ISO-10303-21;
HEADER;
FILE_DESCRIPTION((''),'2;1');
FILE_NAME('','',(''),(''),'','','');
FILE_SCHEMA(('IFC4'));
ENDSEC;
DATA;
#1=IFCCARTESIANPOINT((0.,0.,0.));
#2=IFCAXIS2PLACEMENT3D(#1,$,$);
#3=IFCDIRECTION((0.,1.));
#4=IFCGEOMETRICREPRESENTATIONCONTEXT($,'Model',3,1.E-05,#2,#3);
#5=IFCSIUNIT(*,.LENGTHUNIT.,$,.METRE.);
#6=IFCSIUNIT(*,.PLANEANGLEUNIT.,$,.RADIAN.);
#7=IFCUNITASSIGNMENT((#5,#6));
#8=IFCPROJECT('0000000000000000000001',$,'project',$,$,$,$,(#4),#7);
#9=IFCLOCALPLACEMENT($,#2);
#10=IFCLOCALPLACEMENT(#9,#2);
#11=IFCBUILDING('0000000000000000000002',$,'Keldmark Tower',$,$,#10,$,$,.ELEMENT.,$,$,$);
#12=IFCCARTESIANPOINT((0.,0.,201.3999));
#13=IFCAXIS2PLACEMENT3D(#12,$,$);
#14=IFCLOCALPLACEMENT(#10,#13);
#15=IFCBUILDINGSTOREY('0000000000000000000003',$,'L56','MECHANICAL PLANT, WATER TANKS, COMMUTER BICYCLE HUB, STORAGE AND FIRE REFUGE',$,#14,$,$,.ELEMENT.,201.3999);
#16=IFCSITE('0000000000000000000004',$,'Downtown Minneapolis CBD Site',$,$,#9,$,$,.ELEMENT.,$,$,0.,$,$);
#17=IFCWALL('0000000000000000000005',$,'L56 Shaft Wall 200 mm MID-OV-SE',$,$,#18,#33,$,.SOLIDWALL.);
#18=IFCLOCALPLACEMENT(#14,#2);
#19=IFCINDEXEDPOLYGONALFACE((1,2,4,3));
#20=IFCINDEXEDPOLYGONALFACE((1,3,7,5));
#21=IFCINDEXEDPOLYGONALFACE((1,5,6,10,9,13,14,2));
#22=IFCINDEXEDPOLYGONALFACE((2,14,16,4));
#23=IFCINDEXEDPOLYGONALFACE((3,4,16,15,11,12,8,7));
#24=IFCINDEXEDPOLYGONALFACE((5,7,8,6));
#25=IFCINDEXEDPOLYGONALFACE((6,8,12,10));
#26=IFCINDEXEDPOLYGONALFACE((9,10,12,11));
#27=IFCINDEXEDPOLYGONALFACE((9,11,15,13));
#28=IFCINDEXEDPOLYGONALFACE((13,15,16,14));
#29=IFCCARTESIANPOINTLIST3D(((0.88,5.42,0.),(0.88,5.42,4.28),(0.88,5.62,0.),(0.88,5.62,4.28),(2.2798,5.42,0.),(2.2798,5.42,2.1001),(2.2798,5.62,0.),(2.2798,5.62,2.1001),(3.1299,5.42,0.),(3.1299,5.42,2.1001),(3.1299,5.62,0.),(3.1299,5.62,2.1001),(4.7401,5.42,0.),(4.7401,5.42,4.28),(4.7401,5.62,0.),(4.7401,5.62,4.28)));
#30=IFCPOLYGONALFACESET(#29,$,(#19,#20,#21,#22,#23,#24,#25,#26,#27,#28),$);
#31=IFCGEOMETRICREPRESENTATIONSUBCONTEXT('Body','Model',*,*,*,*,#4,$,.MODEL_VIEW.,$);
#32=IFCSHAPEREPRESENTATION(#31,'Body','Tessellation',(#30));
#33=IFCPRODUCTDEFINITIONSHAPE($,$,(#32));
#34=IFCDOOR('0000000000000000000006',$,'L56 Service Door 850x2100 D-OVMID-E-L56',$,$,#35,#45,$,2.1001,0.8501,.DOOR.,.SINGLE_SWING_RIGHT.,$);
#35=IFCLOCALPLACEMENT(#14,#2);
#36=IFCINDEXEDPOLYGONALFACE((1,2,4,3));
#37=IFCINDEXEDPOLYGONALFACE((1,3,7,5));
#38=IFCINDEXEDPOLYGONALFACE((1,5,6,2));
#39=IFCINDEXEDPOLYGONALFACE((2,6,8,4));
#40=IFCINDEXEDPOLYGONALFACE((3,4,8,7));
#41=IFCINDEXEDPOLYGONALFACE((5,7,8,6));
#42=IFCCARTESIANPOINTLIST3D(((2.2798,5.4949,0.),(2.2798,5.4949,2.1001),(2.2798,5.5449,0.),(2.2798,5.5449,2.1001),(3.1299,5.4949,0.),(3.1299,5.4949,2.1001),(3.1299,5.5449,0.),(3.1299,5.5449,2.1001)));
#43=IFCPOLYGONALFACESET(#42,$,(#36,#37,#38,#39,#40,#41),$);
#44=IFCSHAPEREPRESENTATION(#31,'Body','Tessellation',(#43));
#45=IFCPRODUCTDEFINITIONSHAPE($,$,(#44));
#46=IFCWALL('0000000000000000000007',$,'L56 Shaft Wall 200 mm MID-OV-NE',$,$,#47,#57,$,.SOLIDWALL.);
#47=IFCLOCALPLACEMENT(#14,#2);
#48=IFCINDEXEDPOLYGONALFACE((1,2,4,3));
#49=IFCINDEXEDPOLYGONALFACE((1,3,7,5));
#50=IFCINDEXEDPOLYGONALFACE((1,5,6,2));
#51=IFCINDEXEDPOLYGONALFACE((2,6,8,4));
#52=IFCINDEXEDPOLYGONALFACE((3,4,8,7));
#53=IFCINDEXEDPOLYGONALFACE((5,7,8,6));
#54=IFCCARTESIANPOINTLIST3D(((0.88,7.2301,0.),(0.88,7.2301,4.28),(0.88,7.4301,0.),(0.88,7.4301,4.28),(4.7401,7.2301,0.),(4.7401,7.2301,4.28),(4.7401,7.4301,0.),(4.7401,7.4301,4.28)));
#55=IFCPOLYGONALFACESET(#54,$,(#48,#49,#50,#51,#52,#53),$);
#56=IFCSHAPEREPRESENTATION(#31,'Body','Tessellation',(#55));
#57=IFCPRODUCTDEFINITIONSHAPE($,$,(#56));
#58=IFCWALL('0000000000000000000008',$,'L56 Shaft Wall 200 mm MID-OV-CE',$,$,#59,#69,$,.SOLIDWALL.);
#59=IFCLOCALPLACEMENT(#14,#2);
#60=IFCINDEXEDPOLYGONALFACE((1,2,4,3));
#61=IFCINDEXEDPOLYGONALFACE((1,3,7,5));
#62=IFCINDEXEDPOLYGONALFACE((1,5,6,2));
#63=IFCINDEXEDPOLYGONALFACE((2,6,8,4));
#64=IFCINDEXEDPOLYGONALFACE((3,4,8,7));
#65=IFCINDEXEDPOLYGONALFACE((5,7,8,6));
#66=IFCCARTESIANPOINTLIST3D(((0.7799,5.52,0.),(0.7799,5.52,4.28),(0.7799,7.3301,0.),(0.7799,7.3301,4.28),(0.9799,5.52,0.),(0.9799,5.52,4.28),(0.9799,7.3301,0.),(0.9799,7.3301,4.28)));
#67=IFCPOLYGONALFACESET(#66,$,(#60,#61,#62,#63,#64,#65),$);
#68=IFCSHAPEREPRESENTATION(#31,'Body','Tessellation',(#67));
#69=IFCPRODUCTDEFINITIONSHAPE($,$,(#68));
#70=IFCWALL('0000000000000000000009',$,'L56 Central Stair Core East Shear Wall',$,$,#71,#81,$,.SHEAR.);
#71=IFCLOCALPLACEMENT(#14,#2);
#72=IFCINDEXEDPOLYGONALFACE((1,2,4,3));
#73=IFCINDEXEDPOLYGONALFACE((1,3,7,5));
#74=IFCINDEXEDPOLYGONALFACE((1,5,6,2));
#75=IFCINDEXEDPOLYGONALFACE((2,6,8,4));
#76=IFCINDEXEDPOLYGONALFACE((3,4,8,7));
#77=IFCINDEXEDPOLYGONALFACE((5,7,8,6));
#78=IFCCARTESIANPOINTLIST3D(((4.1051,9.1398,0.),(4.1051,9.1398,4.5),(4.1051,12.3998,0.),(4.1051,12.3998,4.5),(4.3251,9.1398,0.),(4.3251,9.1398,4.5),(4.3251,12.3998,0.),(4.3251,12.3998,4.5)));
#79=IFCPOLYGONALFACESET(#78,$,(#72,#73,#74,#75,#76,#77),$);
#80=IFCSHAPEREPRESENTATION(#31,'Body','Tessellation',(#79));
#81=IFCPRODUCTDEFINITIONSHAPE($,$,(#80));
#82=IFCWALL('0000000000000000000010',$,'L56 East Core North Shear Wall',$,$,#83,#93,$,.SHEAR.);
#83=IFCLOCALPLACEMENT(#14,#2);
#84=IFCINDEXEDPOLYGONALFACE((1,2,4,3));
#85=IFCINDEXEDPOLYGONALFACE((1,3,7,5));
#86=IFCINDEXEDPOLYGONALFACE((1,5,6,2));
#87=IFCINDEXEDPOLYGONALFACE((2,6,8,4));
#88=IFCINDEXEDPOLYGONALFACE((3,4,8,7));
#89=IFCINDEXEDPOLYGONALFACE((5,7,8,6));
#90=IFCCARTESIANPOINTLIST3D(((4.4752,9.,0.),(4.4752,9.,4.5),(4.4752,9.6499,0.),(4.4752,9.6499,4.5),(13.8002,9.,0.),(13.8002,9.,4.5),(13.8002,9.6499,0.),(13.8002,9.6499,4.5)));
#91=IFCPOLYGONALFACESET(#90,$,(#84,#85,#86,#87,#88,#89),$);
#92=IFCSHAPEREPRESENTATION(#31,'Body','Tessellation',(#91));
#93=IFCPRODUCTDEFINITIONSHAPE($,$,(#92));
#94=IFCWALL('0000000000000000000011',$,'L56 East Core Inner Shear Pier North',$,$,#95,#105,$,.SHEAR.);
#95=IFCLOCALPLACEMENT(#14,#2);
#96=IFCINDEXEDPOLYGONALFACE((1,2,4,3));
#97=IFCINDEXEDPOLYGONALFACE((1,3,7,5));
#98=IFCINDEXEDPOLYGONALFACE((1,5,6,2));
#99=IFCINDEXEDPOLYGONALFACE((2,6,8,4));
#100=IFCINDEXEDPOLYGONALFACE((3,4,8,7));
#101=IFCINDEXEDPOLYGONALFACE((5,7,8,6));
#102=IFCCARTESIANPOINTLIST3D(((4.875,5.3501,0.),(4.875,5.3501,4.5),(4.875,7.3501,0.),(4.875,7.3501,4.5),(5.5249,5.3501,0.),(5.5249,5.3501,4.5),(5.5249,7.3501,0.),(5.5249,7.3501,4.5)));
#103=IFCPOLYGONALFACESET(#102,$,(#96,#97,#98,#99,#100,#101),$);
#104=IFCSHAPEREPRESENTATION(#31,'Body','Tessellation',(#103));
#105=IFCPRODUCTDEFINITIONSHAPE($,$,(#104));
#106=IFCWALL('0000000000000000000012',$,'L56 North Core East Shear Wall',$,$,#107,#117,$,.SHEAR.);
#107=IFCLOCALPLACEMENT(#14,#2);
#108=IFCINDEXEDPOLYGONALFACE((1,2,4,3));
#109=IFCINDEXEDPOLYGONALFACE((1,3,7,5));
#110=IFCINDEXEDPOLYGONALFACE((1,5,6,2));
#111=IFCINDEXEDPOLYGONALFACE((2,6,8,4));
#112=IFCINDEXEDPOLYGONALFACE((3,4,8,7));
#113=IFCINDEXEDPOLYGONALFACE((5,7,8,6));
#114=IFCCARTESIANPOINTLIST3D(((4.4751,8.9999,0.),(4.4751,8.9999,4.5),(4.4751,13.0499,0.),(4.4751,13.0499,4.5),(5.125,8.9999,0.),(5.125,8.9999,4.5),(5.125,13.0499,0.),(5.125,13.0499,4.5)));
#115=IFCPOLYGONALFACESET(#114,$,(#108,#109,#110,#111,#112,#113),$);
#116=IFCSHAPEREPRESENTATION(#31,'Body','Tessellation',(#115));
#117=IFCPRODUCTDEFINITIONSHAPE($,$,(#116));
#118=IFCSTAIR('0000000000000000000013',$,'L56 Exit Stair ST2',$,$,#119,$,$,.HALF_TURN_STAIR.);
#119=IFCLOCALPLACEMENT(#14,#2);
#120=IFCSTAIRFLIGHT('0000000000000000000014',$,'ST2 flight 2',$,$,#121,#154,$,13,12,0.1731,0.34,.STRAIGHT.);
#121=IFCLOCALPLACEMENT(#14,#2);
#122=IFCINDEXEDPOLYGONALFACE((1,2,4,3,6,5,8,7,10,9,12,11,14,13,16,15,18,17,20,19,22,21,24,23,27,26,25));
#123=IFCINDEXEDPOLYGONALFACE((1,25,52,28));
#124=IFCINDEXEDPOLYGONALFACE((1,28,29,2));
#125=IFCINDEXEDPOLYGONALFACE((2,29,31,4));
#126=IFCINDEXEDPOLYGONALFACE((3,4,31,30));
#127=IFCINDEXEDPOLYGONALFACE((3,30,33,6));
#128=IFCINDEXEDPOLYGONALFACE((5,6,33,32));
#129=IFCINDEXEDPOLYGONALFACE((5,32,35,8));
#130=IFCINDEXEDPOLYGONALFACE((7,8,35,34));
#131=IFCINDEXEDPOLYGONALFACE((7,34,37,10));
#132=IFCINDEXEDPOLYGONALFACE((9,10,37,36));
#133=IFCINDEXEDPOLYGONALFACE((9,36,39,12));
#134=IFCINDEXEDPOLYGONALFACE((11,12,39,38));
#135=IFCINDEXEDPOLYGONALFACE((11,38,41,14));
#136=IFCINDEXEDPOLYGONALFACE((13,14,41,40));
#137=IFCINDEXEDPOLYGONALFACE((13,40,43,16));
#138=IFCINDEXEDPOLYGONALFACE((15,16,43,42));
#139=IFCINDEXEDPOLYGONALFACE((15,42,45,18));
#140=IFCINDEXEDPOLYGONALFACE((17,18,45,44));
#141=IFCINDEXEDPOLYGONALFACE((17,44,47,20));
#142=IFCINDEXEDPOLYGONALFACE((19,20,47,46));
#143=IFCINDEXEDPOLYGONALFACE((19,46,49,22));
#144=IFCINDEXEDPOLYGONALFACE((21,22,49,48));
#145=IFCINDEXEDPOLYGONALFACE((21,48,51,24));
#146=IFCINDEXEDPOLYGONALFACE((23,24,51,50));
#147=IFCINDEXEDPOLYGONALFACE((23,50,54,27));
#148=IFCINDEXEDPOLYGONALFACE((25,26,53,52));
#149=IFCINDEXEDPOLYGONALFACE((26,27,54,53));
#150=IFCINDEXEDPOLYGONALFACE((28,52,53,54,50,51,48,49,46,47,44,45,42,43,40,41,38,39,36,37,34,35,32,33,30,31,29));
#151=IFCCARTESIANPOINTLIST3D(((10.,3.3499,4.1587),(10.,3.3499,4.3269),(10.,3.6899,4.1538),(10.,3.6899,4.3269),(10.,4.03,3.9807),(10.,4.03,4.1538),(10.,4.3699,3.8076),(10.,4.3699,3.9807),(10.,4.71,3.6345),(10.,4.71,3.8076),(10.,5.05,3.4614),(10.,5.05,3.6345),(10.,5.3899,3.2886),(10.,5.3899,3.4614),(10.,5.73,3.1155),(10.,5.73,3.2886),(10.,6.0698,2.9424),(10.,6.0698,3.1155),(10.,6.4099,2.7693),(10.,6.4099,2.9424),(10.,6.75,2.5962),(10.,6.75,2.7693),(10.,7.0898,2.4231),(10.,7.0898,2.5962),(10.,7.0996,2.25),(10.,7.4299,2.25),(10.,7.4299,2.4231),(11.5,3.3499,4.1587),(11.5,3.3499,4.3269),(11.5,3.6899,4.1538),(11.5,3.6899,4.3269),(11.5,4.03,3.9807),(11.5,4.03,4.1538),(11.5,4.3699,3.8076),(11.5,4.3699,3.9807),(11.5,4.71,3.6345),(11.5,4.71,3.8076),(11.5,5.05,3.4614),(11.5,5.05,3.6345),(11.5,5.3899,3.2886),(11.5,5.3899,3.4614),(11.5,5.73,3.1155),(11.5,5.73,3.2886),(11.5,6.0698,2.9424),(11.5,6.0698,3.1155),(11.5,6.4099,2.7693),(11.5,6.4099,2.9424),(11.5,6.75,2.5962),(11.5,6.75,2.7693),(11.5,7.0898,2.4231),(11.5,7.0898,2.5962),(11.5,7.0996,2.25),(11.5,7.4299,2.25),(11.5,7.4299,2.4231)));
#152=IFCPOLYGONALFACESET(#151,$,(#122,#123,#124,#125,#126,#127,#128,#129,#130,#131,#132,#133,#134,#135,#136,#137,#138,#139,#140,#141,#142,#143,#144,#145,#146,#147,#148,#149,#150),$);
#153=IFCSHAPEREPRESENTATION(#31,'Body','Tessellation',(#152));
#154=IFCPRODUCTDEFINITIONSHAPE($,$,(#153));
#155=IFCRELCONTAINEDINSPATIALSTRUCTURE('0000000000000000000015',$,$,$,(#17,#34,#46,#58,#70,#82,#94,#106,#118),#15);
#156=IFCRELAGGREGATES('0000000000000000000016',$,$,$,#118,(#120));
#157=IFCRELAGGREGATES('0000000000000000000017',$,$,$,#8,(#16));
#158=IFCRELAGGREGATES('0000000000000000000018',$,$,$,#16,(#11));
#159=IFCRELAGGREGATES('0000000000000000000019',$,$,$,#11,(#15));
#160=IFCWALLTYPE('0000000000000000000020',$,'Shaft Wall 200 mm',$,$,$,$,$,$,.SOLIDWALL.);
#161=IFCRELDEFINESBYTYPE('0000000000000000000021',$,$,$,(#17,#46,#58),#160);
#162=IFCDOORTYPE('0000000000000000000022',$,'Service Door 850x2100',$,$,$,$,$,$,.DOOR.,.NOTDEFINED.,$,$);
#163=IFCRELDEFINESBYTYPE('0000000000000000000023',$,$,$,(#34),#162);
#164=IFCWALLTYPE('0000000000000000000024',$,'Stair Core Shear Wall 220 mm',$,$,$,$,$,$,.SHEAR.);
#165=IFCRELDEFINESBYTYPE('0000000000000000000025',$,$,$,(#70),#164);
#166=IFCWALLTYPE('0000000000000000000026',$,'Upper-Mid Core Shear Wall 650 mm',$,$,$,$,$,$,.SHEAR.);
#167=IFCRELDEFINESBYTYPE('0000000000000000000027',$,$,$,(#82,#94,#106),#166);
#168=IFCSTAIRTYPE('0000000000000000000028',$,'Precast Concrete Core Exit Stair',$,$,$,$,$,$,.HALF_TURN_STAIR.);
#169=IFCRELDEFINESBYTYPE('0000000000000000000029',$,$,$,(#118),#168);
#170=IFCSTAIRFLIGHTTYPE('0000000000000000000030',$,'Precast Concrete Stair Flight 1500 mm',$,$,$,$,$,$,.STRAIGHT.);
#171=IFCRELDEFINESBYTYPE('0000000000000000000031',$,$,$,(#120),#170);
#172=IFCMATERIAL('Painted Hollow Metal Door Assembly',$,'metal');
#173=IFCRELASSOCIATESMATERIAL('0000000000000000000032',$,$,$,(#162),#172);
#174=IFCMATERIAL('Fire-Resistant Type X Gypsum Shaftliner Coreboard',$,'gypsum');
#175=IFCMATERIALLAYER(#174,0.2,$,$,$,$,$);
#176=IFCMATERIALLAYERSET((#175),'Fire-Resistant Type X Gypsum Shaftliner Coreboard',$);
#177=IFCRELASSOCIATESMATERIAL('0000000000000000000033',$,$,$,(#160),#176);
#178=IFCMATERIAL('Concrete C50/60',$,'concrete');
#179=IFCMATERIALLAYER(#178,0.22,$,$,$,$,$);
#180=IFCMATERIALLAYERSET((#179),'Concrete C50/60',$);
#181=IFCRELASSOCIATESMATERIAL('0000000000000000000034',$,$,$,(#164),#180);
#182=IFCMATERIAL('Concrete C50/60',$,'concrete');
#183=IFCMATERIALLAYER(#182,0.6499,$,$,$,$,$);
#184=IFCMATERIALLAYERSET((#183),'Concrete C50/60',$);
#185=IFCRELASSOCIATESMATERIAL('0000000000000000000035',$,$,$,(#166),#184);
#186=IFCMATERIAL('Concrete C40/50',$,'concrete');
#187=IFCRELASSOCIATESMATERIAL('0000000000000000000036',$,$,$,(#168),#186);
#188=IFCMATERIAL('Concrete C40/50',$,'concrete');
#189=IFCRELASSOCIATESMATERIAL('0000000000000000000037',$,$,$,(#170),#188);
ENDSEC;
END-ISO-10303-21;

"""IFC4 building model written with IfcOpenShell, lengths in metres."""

from ifc_helpers import new_model, si_unit, direction, frame, frame_2d, origin, place, context, subcontext, project, spatial, polyline, rectangle, outline, extrude, material, layer, layer_set, type_object, element, fill, aggregate, save


model = new_model("IFC4")

# Units and contexts
model_context = context("Model", 3, precision=1e-05, world=origin(), true_north=direction((0.0, 1.0)))
body_context = subcontext(model_context, "Body", "Model", "MODEL_VIEW")
ifc_project = project(units=[si_unit("LENGTHUNIT", "METRE"), si_unit("PLANEANGLEUNIT", "RADIAN")], contexts=[model_context])

# Site, building, storey
site_placement = place(None, origin())
site = spatial("IfcSite", under=ifc_project, at=site_placement, Name="Downtown Minneapolis CBD Site", CompositionType="ELEMENT", RefElevation=0.0)
building_placement = place(site_placement, origin())
building = spatial("IfcBuilding", under=site, at=building_placement, Name="Keldmark Tower", CompositionType="ELEMENT")
storey_placement = place(building_placement, frame((0.0, 0.0, 201.3999)))
storey = spatial("IfcBuildingStorey", under=building, at=storey_placement, Name="L56", Description="MECHANICAL PLANT, WATER TANKS, COMMUTER BICYCLE HUB, STORAGE AND FIRE REFUGE", CompositionType="ELEMENT", Elevation=201.3999)

# Shared definitions
ifc_material_1 = material(Name="Painted Hollow Metal Door Assembly", Category="metal")
door_type_1 = type_object("IfcDoorType", Name="Service Door 850x2100", OperationType="NOTDEFINED", PredefinedType="DOOR", material=ifc_material_1)

# Shared definitions
ifc_material_2 = material(Name="Fire-Resistant Type X Gypsum Shaftliner Coreboard", Category="gypsum")
ifc_layer_1 = layer(ifc_material_2, 0.2)
ifc_layer_set_1 = layer_set([ifc_layer_1], Name="Fire-Resistant Type X Gypsum Shaftliner Coreboard")
wall_type_1 = type_object("IfcWallType", Name="Shaft Wall 200 mm", PredefinedType="SOLIDWALL", material=ifc_layer_set_1)

# Wall, opening, door
wall_1_placement = place(storey_placement, frame((0.8799, 5.52, 0.0), z_axis=(0.0, 0.0, 1.0), x_axis=(1.0, 0.0, 0.0)))
wall_1 = element("IfcWall", 1, at=wall_1_placement, inside=storey, type_object=wall_type_1, Name="L56 Shaft Wall 200 mm MID-OV-SE", PredefinedType="SOLIDWALL", context=body_context, shape_type="SweptSolid", body=[
    extrude(rectangle(XDim=3.8601, YDim=0.2, at=frame_2d((1.9302, 0.0))), origin(), (0.0, 0.0, 1.0), 4.28),
])
opening_1_placement = place(wall_1_placement, frame((1.3999, 0.0, 0.0)))
opening_1 = element("IfcOpeningElement", 2, at=opening_1_placement, cuts=wall_1, PredefinedType="OPENING", context=body_context, shape_type="SweptSolid", body=[
    extrude(rectangle(XDim=0.8501, YDim=2.1001, at=frame_2d((0.425, 1.05))), frame((0.0, 0.1099, 0.0), z_axis=(0.0, -1.0, 0.0), x_axis=(1.0, 0.0, 0.0)), (0.0, 0.0, 1.0), 0.22),
])
door_1_placement = place(opening_1_placement, origin())
door_1 = element("IfcDoor", 3, at=door_1_placement, inside=storey, type_object=door_type_1, Name="L56 Service Door 850x2100 D-OVMID-E-L56", OperationType="SINGLE_SWING_RIGHT", OverallHeight=2.1001, OverallWidth=0.8501, PredefinedType="DOOR", context=body_context, shape_type="SweptSolid", body=[
    extrude(rectangle(XDim=0.8501, YDim=2.1001, at=frame_2d((0.425, 1.05))), frame((0.0, 0.0249, 0.0), z_axis=(0.0, -1.0, 0.0), x_axis=(1.0, 0.0, 0.0)), (0.0, 0.0, 1.0), 0.05),
])
fill(opening_1, door_1)

# Walls
wall_2_placement = place(storey_placement, frame((0.8799, 7.3301, 0.0), z_axis=(0.0, 0.0, 1.0), x_axis=(1.0, 0.0, 0.0)))
element("IfcWall", 4, at=wall_2_placement, inside=storey, type_object=wall_type_1, Name="L56 Shaft Wall 200 mm MID-OV-NE", PredefinedType="SOLIDWALL", context=body_context, shape_type="SweptSolid", body=[
    extrude(rectangle(XDim=3.8601, YDim=0.2, at=frame_2d((1.9302, 0.0))), origin(), (0.0, 0.0, 1.0), 4.28),
])
wall_3_placement = place(storey_placement, frame((0.8799, 5.52, 0.0), z_axis=(0.0, 0.0, 1.0), x_axis=(0.0, 1.0, 0.0)))
element("IfcWall", 5, at=wall_3_placement, inside=storey, type_object=wall_type_1, Name="L56 Shaft Wall 200 mm MID-OV-CE", PredefinedType="SOLIDWALL", context=body_context, shape_type="SweptSolid", body=[
    extrude(rectangle(XDim=1.8101, YDim=0.2, at=frame_2d((0.905, 0.0))), origin(), (0.0, 0.0, 1.0), 4.28),
])
ifc_material_3 = material(Name="Concrete C50/60", Category="concrete")
ifc_layer_2 = layer(ifc_material_3, 0.22)
ifc_layer_set_2 = layer_set([ifc_layer_2], Name="Concrete C50/60")
wall_type_2 = type_object("IfcWallType", Name="Stair Core Shear Wall 220 mm", PredefinedType="SHEAR", material=ifc_layer_set_2)
wall_4_placement = place(storey_placement, frame((4.2151, 9.1399, 0.0), z_axis=(0.0, 0.0, 1.0), x_axis=(0.0, 1.0, 0.0)))
element("IfcWall", 6, at=wall_4_placement, inside=storey, type_object=wall_type_2, Name="L56 Central Stair Core East Shear Wall", PredefinedType="SHEAR", context=body_context, shape_type="SweptSolid", body=[
    extrude(rectangle(XDim=3.26, YDim=0.22, at=frame_2d((1.6299, 0.0))), origin(), (0.0, 0.0, 1.0), 4.5),
])
ifc_material_4 = material(Name="Concrete C50/60", Category="concrete")
ifc_layer_3 = layer(ifc_material_4, 0.6499)
ifc_layer_set_3 = layer_set([ifc_layer_3], Name="Concrete C50/60")
wall_type_3 = type_object("IfcWallType", Name="Upper-Mid Core Shear Wall 650 mm", PredefinedType="SHEAR", material=ifc_layer_set_3)
wall_5_placement = place(storey_placement, frame((4.4751, 9.325, 0.0), z_axis=(0.0, 0.0, 1.0), x_axis=(1.0, 0.0, 0.0)))
element("IfcWall", 7, at=wall_5_placement, inside=storey, type_object=wall_type_3, Name="L56 East Core North Shear Wall", PredefinedType="SHEAR", context=body_context, shape_type="SweptSolid", body=[
    extrude(rectangle(XDim=9.325, YDim=0.6499, at=frame_2d((4.6626, 0.0))), origin(), (0.0, 0.0, 1.0), 4.5),
])
wall_6_placement = place(storey_placement, frame((5.2, 5.3501, 0.0), z_axis=(0.0, 0.0, 1.0), x_axis=(0.0, 1.0, 0.0)))
element("IfcWall", 8, at=wall_6_placement, inside=storey, type_object=wall_type_3, Name="L56 East Core Inner Shear Pier North", PredefinedType="SHEAR", context=body_context, shape_type="SweptSolid", body=[
    extrude(rectangle(XDim=2.0, YDim=0.6499, at=frame_2d((1.0, 0.0))), origin(), (0.0, 0.0, 1.0), 4.5),
])
wall_7_placement = place(storey_placement, frame((4.8, 9.0, 0.0), z_axis=(0.0, 0.0, 1.0), x_axis=(0.0, 1.0, 0.0)))
element("IfcWall", 9, at=wall_7_placement, inside=storey, type_object=wall_type_3, Name="L56 North Core East Shear Wall", PredefinedType="SHEAR", context=body_context, shape_type="SweptSolid", body=[
    extrude(rectangle(XDim=4.05, YDim=0.6499, at=frame_2d((2.0249, 0.0))), origin(), (0.0, 0.0, 1.0), 4.5),
])

# Stair, stair flight
ifc_material_5 = material(Name="Concrete C40/50", Category="concrete")
stair_type = type_object("IfcStairType", Name="Precast Concrete Core Exit Stair", PredefinedType="HALF_TURN_STAIR", material=ifc_material_5)
stair_placement = place(storey_placement, origin())
stair = element("IfcStair", 10, at=stair_placement, inside=storey, type_object=stair_type, Name="L56 Exit Stair ST2", PredefinedType="HALF_TURN_STAIR")
ifc_material_6 = material(Name="Concrete C40/50", Category="concrete")
stair_flight_type = type_object("IfcStairFlightType", Name="Precast Concrete Stair Flight 1500 mm", PredefinedType="STRAIGHT", material=ifc_material_6)
stair_flight_placement = place(storey_placement, frame((10.75, 7.4299, 2.25), z_axis=(0.0, 0.0, 1.0), x_axis=(0.0, -1.0, 0.0)))
stair_flight = element("IfcStairFlight", 11, at=stair_flight_placement, type_object=stair_flight_type, Name="ST2 flight 2", NumberOfRisers=13, NumberOfTreads=12, PredefinedType="STRAIGHT", RiserHeight=0.1731, TreadLength=0.34, context=body_context, shape_type="SweptSolid", body=[
    extrude(outline(polyline([(0.0, 0.0), (0.0, 0.1731), (0.3401, 0.1731), (0.3401, 0.3462), (0.6799, 0.3462), (0.6799, 0.5193), (1.02, 0.5193), (1.02, 0.6924), (1.3601, 0.6924), (1.3601, 0.8655), (1.7, 0.8655), (1.7, 1.0386), (2.04, 1.0386), (2.04, 1.2114), (2.3799, 1.2114), (2.3799, 1.3845), (2.72, 1.3845), (2.72, 1.5576), (3.0601, 1.5576), (3.0601, 1.7307), (3.3999, 1.7307), (3.3999, 1.9038), (3.74, 1.9038), (3.74, 2.0769), (4.0801, 2.0769), (4.0801, 2.25), (4.0801, 1.9087), (0.3303, 0.0), (0.0, 0.0)])), frame((0.0, 0.75, 0.0), z_axis=(0.0, -1.0, 0.0), x_axis=(1.0, 0.0, 0.0)), (0.0, 0.0, 1.0), 1.5),
])
aggregate(stair, [stair_flight])

save(model, "model.ifc")
